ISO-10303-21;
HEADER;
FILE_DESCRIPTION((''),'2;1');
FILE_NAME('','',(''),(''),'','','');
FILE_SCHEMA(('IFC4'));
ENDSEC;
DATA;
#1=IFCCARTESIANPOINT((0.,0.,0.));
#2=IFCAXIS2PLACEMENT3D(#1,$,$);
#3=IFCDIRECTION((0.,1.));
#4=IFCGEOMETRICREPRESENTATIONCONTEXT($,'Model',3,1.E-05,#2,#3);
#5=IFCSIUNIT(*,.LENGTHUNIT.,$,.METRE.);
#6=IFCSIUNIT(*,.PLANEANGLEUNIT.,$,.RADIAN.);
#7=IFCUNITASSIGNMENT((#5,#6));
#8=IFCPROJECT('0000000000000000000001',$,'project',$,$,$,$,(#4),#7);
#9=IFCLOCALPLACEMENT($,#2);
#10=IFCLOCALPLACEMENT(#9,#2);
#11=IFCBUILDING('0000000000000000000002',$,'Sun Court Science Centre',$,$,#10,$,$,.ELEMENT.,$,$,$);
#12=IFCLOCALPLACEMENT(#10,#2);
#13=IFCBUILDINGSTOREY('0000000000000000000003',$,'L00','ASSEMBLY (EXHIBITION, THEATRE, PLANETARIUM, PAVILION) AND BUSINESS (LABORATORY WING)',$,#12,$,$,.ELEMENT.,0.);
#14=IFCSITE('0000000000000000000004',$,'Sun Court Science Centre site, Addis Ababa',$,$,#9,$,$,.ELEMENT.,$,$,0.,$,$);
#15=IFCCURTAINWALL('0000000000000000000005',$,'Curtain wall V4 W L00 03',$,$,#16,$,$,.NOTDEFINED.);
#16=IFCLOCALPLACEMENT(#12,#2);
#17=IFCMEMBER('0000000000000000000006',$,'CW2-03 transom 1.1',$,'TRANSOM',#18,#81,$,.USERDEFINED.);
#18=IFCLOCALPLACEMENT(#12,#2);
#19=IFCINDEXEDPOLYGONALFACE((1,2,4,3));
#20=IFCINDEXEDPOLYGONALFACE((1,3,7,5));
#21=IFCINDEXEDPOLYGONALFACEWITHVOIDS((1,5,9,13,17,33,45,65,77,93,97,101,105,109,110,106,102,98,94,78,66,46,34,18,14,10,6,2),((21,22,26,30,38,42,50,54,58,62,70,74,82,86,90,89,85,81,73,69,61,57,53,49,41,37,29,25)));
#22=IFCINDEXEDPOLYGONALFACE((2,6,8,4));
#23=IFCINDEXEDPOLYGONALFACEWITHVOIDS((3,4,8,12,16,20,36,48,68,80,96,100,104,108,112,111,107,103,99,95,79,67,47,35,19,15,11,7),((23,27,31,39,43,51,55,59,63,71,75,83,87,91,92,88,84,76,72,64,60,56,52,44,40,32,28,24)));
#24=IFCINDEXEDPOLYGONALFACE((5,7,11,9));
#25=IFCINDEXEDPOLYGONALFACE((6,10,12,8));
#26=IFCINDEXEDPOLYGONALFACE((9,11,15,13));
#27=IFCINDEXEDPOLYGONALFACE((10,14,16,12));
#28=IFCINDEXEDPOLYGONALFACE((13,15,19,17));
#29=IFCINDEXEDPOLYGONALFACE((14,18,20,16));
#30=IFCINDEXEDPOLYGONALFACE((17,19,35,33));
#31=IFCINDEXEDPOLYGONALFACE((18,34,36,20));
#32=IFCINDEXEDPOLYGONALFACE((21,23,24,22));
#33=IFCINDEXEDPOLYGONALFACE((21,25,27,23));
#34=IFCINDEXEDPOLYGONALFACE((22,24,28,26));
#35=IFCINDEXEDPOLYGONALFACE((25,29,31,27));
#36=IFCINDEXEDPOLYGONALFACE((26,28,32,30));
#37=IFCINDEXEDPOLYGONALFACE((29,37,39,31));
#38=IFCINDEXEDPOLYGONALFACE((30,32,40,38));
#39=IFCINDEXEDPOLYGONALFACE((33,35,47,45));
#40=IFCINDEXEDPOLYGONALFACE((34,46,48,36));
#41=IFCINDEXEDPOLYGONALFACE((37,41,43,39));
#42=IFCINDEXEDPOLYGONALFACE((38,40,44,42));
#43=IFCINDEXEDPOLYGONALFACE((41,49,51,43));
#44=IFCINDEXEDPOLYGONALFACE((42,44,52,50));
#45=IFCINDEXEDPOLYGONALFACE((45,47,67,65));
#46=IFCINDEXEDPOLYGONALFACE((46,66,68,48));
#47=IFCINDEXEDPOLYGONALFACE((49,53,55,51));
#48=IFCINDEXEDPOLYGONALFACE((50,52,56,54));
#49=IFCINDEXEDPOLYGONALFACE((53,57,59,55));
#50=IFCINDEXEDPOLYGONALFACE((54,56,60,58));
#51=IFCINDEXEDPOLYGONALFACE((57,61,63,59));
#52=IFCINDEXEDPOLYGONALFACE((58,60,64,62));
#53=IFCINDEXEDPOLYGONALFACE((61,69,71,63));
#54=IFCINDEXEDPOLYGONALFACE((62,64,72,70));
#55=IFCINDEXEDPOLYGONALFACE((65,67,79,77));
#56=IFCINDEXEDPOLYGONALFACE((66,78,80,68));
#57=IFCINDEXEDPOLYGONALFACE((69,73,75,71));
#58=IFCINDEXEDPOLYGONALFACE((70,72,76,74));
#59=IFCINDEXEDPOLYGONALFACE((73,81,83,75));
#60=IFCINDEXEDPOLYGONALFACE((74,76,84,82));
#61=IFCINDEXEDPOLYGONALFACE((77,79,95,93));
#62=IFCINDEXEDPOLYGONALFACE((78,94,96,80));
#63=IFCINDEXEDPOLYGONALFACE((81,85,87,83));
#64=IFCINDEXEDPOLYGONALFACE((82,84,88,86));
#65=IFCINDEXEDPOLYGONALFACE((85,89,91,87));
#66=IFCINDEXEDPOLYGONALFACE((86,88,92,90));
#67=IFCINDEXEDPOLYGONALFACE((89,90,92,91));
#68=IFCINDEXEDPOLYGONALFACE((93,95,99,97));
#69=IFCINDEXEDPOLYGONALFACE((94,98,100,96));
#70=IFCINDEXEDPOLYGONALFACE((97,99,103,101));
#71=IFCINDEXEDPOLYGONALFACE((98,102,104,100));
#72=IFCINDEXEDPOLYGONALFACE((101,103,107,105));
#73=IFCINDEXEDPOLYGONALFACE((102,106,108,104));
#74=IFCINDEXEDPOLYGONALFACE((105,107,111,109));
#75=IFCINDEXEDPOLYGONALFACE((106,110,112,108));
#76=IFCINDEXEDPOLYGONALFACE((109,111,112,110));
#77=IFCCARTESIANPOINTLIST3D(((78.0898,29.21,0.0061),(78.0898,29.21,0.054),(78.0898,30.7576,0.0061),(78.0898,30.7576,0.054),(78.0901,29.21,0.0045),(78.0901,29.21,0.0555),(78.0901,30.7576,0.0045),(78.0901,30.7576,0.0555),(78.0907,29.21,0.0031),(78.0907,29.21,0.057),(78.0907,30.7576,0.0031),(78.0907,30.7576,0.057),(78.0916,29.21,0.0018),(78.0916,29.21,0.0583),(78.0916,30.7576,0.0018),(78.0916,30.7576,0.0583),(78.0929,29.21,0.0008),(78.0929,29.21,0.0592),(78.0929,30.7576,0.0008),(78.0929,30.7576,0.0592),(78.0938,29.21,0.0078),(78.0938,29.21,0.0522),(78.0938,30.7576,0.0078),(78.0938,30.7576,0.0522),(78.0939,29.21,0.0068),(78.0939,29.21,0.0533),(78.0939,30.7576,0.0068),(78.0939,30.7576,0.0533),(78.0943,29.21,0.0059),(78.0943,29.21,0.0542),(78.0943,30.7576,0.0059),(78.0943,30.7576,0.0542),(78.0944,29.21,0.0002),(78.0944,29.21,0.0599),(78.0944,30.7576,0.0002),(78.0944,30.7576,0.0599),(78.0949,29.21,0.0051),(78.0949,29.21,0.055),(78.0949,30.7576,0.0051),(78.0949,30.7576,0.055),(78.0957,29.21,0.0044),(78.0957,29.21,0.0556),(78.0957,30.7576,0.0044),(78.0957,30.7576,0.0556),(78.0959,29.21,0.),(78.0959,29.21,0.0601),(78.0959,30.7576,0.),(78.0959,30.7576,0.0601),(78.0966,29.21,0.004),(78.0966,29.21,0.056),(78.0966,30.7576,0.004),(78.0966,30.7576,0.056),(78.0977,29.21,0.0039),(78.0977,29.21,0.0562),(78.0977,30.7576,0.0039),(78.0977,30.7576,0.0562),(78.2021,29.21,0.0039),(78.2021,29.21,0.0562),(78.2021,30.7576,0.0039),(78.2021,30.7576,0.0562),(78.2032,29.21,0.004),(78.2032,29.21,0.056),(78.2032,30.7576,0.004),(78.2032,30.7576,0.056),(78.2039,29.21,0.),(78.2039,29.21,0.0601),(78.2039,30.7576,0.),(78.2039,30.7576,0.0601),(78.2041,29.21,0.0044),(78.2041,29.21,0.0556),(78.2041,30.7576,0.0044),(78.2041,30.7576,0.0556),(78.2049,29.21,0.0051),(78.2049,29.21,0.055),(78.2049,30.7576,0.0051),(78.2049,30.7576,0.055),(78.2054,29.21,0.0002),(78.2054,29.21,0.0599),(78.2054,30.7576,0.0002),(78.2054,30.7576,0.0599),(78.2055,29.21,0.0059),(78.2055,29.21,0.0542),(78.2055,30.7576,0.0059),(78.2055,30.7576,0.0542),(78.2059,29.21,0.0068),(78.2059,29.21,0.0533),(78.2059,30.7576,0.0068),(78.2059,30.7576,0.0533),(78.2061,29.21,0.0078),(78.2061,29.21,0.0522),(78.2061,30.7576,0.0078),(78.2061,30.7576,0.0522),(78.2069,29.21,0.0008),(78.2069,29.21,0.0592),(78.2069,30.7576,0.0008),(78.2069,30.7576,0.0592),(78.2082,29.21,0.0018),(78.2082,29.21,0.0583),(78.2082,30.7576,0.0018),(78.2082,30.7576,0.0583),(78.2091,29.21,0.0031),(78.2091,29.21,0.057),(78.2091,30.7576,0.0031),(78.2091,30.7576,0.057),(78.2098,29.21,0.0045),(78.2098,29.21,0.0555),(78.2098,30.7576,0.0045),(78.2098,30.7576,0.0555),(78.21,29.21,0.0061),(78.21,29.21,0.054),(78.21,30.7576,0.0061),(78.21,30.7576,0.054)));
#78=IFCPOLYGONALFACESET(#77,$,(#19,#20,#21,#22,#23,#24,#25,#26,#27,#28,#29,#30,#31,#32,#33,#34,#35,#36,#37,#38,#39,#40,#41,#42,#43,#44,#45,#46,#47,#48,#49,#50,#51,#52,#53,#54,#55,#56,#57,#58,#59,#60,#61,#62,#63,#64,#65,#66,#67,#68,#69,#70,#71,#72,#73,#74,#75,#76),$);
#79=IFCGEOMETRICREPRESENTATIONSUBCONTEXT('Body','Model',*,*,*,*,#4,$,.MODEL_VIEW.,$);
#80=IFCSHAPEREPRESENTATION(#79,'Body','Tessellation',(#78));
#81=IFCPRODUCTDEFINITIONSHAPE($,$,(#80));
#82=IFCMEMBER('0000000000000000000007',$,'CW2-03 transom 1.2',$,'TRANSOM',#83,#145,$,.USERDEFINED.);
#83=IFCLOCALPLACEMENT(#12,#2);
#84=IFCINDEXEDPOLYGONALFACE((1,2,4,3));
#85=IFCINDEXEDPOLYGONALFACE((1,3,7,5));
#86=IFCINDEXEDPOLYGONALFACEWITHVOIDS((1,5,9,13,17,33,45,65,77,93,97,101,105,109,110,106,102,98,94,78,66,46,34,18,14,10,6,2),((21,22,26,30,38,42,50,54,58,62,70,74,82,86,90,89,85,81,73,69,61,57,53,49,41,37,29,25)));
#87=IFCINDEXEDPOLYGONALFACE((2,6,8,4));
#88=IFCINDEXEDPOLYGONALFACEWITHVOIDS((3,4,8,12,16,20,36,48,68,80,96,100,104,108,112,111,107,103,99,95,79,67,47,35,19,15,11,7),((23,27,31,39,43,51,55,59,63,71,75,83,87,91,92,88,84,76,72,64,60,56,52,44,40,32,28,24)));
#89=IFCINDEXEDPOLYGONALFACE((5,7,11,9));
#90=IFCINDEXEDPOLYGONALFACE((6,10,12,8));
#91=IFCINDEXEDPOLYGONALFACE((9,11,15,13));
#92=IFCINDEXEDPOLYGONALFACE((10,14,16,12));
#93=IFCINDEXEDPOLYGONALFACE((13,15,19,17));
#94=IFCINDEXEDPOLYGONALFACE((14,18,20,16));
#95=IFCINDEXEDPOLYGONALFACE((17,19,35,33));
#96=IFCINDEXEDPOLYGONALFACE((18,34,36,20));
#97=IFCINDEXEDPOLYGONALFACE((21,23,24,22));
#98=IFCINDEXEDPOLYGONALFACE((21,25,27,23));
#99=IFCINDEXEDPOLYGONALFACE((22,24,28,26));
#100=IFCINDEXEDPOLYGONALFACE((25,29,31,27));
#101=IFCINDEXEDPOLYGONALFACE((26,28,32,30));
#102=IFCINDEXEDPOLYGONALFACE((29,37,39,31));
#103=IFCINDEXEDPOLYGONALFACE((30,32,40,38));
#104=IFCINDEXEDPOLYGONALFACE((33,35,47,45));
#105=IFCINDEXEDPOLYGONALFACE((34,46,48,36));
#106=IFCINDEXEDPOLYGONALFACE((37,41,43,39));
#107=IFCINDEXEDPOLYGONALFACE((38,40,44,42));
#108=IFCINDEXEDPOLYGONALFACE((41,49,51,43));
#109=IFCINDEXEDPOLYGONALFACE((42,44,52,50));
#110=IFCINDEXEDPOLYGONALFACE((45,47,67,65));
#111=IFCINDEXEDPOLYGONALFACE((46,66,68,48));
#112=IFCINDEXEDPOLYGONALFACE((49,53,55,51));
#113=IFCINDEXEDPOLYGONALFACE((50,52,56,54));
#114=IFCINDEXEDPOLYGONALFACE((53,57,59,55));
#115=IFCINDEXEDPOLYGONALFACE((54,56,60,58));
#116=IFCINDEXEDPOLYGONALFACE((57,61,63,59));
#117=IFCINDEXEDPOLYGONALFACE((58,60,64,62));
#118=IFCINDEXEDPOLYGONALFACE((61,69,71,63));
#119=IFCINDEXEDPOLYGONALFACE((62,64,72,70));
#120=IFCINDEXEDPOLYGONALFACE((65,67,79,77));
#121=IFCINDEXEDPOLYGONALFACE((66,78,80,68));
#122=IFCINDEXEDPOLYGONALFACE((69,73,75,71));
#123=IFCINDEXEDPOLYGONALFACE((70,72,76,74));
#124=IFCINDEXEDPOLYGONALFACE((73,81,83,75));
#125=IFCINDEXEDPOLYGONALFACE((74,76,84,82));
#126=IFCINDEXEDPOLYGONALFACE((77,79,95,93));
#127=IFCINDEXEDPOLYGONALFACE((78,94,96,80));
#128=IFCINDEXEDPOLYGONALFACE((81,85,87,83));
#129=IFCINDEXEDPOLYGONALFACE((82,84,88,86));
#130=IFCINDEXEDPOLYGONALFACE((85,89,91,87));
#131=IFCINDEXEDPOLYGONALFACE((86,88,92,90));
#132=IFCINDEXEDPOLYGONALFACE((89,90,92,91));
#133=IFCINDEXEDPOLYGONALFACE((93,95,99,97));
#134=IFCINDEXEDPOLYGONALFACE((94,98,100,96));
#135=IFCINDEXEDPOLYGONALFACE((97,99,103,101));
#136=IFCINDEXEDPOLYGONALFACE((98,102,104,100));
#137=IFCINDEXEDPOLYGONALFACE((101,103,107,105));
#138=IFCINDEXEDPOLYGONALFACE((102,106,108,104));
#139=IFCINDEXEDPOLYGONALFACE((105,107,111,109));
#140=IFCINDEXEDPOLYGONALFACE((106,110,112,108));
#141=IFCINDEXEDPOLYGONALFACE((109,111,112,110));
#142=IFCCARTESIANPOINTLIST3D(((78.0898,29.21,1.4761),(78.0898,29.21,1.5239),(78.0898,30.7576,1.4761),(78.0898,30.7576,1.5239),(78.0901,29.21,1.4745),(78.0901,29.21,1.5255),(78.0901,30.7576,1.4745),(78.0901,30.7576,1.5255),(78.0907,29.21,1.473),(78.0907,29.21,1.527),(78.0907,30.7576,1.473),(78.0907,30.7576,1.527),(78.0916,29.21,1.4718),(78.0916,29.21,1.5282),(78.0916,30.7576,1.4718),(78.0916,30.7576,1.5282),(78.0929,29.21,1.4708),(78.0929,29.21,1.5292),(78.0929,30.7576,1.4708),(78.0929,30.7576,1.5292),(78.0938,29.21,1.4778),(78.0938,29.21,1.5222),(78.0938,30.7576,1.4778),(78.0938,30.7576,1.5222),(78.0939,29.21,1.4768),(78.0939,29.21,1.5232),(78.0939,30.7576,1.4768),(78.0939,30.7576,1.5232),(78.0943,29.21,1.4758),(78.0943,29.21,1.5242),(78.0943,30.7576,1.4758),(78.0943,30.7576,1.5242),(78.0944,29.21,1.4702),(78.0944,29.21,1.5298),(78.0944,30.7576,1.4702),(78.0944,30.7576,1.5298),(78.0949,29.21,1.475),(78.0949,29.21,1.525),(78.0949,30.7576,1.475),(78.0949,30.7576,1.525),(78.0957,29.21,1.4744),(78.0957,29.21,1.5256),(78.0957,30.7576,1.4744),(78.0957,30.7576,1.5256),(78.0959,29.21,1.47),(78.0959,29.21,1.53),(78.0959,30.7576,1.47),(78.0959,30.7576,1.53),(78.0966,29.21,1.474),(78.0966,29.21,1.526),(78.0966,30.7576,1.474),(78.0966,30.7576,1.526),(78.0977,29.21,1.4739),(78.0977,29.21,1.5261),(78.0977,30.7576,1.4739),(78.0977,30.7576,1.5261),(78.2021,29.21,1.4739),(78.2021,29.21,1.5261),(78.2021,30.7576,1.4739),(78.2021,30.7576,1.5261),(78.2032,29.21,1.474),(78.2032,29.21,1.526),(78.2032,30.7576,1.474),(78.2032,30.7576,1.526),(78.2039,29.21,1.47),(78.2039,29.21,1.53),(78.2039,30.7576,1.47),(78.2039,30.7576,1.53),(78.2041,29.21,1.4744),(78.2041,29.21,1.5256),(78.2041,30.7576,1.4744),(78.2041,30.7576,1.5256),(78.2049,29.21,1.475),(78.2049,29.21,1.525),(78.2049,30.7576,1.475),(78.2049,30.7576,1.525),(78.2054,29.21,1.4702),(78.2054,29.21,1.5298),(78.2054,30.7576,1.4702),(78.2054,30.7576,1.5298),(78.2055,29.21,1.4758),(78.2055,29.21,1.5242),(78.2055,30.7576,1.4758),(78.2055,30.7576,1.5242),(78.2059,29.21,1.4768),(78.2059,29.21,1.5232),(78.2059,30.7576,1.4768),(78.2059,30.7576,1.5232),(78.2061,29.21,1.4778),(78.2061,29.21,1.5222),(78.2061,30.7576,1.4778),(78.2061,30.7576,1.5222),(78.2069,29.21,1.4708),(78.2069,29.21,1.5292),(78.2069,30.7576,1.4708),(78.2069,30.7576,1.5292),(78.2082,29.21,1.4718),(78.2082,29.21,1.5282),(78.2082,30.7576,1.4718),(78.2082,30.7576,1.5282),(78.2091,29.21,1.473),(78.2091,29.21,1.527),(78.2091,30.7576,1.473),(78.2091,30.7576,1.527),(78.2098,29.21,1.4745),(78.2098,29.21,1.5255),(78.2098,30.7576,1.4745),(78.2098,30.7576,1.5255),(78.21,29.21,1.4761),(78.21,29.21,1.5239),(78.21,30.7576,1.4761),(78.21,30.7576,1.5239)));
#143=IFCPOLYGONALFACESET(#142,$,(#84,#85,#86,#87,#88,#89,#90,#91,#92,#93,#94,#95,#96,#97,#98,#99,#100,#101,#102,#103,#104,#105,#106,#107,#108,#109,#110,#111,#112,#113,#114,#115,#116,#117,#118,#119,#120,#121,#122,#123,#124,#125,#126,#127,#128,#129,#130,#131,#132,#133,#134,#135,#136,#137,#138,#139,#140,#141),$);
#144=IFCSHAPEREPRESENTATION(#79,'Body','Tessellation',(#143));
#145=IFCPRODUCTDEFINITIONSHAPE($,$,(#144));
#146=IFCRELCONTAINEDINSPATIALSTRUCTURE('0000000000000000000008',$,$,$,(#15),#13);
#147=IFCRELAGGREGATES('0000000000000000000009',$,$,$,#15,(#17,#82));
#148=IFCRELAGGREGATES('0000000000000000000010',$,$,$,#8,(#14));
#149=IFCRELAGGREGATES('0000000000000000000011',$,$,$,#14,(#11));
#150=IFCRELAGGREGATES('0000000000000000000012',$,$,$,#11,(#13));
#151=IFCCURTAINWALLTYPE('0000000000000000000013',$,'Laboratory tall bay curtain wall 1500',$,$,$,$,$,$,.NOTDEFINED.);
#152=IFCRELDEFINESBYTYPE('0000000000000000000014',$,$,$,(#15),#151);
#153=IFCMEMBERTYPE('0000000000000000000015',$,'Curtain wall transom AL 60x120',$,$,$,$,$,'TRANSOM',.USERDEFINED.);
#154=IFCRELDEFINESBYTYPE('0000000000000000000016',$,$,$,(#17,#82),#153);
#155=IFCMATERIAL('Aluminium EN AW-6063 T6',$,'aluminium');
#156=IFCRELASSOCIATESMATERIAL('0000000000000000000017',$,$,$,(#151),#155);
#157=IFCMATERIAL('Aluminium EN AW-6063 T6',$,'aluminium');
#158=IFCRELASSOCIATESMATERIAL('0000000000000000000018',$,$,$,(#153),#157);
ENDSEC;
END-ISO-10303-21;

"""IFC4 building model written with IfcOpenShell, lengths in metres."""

from ifc_helpers import new_model, si_unit, direction, frame, origin, origin_2d, place, context, subcontext, project, spatial, hollow_rectangle, extrude, material, material_profile, profile_set, type_object, element, aggregate, save


model = new_model("IFC4")

# Units and contexts
model_context = context("Model", 3, precision=1e-05, world=origin(), true_north=direction((0.0, 1.0)))
body_context = subcontext(model_context, "Body", "Model", "MODEL_VIEW")
ifc_project = project(units=[si_unit("LENGTHUNIT", "METRE"), si_unit("PLANEANGLEUNIT", "RADIAN")], contexts=[model_context])

# Site, building, storey
site_placement = place(None, origin())
site = spatial("IfcSite", under=ifc_project, at=site_placement, Name="Sun Court Science Centre site, Addis Ababa", CompositionType="ELEMENT", RefElevation=0.0)
building_placement = place(site_placement, origin())
building = spatial("IfcBuilding", under=site, at=building_placement, Name="Sun Court Science Centre", CompositionType="ELEMENT")
storey_placement = place(building_placement, origin())
storey = spatial("IfcBuildingStorey", under=building, at=storey_placement, Name="L00", Description="ASSEMBLY (EXHIBITION, THEATRE, PLANETARIUM, PAVILION) AND BUSINESS (LABORATORY WING)", CompositionType="ELEMENT", Elevation=0.0)

# Shared definitions
ifc_material_1 = material(Name="Aluminium EN AW-6063 T6", Category="aluminium")
curtain_wall_type = type_object("IfcCurtainWallType", Name="Laboratory tall bay curtain wall 1500", PredefinedType="NOTDEFINED", material=ifc_material_1)

# Curtain wall
curtain_wall_1_placement = place(storey_placement, origin())
curtain_wall_1 = element("IfcCurtainWall", 1, at=curtain_wall_1_placement, inside=storey, type_object=curtain_wall_type, Name="Curtain wall V4 W L00 03", PredefinedType="NOTDEFINED")

# Members
ifc_material_2 = material(Name="Aluminium EN AW-6063 T6", Category="aluminium")
ifc_material_profile_1 = material_profile(ifc_material_2, hollow_rectangle(XDim=0.0601, YDim=0.1201, WallThickness=0.0039, InnerFilletRadius=0.0039, OuterFilletRadius=0.0061, at=origin_2d()), Name="AL 60x120x4")
ifc_profile_set_1 = profile_set([ifc_material_profile_1], Name="Aluminium EN AW-6063 T6")
member_type_1 = type_object("IfcMemberType", Name="Curtain wall transom AL 60x120", ElementType="TRANSOM", PredefinedType="USERDEFINED", material=ifc_profile_set_1)
member_1_placement = place(storey_placement, frame((78.1499, 29.21, 0.03), z_axis=(0.0, 1.0, 0.0), x_axis=(0.0, 0.0, 1.0)))
member_1 = element("IfcMember", 2, at=member_1_placement, type_object=member_type_1, Name="CW2-03 transom 1.1", ObjectType="TRANSOM", PredefinedType="USERDEFINED", context=body_context, shape_type="SweptSolid", body=[
    extrude(hollow_rectangle(XDim=0.0601, YDim=0.1201, WallThickness=0.0039, InnerFilletRadius=0.0039, OuterFilletRadius=0.0061, at=origin_2d()), origin(), (0.0, 0.0, 1.0), 1.5476),
])
member_2_placement = place(storey_placement, frame((78.1499, 29.21, 1.5), z_axis=(0.0, 1.0, 0.0), x_axis=(0.0, 0.0, 1.0)))
member_2 = element("IfcMember", 3, at=member_2_placement, type_object=member_type_1, Name="CW2-03 transom 1.2", ObjectType="TRANSOM", PredefinedType="USERDEFINED", context=body_context, shape_type="SweptSolid", body=[
    extrude(hollow_rectangle(XDim=0.0601, YDim=0.1201, WallThickness=0.0039, InnerFilletRadius=0.0039, OuterFilletRadius=0.0061, at=origin_2d()), origin(), (0.0, 0.0, 1.0), 1.5476),
])

aggregate(curtain_wall_1, [member_1, member_2])

save(model, "model.ifc")
